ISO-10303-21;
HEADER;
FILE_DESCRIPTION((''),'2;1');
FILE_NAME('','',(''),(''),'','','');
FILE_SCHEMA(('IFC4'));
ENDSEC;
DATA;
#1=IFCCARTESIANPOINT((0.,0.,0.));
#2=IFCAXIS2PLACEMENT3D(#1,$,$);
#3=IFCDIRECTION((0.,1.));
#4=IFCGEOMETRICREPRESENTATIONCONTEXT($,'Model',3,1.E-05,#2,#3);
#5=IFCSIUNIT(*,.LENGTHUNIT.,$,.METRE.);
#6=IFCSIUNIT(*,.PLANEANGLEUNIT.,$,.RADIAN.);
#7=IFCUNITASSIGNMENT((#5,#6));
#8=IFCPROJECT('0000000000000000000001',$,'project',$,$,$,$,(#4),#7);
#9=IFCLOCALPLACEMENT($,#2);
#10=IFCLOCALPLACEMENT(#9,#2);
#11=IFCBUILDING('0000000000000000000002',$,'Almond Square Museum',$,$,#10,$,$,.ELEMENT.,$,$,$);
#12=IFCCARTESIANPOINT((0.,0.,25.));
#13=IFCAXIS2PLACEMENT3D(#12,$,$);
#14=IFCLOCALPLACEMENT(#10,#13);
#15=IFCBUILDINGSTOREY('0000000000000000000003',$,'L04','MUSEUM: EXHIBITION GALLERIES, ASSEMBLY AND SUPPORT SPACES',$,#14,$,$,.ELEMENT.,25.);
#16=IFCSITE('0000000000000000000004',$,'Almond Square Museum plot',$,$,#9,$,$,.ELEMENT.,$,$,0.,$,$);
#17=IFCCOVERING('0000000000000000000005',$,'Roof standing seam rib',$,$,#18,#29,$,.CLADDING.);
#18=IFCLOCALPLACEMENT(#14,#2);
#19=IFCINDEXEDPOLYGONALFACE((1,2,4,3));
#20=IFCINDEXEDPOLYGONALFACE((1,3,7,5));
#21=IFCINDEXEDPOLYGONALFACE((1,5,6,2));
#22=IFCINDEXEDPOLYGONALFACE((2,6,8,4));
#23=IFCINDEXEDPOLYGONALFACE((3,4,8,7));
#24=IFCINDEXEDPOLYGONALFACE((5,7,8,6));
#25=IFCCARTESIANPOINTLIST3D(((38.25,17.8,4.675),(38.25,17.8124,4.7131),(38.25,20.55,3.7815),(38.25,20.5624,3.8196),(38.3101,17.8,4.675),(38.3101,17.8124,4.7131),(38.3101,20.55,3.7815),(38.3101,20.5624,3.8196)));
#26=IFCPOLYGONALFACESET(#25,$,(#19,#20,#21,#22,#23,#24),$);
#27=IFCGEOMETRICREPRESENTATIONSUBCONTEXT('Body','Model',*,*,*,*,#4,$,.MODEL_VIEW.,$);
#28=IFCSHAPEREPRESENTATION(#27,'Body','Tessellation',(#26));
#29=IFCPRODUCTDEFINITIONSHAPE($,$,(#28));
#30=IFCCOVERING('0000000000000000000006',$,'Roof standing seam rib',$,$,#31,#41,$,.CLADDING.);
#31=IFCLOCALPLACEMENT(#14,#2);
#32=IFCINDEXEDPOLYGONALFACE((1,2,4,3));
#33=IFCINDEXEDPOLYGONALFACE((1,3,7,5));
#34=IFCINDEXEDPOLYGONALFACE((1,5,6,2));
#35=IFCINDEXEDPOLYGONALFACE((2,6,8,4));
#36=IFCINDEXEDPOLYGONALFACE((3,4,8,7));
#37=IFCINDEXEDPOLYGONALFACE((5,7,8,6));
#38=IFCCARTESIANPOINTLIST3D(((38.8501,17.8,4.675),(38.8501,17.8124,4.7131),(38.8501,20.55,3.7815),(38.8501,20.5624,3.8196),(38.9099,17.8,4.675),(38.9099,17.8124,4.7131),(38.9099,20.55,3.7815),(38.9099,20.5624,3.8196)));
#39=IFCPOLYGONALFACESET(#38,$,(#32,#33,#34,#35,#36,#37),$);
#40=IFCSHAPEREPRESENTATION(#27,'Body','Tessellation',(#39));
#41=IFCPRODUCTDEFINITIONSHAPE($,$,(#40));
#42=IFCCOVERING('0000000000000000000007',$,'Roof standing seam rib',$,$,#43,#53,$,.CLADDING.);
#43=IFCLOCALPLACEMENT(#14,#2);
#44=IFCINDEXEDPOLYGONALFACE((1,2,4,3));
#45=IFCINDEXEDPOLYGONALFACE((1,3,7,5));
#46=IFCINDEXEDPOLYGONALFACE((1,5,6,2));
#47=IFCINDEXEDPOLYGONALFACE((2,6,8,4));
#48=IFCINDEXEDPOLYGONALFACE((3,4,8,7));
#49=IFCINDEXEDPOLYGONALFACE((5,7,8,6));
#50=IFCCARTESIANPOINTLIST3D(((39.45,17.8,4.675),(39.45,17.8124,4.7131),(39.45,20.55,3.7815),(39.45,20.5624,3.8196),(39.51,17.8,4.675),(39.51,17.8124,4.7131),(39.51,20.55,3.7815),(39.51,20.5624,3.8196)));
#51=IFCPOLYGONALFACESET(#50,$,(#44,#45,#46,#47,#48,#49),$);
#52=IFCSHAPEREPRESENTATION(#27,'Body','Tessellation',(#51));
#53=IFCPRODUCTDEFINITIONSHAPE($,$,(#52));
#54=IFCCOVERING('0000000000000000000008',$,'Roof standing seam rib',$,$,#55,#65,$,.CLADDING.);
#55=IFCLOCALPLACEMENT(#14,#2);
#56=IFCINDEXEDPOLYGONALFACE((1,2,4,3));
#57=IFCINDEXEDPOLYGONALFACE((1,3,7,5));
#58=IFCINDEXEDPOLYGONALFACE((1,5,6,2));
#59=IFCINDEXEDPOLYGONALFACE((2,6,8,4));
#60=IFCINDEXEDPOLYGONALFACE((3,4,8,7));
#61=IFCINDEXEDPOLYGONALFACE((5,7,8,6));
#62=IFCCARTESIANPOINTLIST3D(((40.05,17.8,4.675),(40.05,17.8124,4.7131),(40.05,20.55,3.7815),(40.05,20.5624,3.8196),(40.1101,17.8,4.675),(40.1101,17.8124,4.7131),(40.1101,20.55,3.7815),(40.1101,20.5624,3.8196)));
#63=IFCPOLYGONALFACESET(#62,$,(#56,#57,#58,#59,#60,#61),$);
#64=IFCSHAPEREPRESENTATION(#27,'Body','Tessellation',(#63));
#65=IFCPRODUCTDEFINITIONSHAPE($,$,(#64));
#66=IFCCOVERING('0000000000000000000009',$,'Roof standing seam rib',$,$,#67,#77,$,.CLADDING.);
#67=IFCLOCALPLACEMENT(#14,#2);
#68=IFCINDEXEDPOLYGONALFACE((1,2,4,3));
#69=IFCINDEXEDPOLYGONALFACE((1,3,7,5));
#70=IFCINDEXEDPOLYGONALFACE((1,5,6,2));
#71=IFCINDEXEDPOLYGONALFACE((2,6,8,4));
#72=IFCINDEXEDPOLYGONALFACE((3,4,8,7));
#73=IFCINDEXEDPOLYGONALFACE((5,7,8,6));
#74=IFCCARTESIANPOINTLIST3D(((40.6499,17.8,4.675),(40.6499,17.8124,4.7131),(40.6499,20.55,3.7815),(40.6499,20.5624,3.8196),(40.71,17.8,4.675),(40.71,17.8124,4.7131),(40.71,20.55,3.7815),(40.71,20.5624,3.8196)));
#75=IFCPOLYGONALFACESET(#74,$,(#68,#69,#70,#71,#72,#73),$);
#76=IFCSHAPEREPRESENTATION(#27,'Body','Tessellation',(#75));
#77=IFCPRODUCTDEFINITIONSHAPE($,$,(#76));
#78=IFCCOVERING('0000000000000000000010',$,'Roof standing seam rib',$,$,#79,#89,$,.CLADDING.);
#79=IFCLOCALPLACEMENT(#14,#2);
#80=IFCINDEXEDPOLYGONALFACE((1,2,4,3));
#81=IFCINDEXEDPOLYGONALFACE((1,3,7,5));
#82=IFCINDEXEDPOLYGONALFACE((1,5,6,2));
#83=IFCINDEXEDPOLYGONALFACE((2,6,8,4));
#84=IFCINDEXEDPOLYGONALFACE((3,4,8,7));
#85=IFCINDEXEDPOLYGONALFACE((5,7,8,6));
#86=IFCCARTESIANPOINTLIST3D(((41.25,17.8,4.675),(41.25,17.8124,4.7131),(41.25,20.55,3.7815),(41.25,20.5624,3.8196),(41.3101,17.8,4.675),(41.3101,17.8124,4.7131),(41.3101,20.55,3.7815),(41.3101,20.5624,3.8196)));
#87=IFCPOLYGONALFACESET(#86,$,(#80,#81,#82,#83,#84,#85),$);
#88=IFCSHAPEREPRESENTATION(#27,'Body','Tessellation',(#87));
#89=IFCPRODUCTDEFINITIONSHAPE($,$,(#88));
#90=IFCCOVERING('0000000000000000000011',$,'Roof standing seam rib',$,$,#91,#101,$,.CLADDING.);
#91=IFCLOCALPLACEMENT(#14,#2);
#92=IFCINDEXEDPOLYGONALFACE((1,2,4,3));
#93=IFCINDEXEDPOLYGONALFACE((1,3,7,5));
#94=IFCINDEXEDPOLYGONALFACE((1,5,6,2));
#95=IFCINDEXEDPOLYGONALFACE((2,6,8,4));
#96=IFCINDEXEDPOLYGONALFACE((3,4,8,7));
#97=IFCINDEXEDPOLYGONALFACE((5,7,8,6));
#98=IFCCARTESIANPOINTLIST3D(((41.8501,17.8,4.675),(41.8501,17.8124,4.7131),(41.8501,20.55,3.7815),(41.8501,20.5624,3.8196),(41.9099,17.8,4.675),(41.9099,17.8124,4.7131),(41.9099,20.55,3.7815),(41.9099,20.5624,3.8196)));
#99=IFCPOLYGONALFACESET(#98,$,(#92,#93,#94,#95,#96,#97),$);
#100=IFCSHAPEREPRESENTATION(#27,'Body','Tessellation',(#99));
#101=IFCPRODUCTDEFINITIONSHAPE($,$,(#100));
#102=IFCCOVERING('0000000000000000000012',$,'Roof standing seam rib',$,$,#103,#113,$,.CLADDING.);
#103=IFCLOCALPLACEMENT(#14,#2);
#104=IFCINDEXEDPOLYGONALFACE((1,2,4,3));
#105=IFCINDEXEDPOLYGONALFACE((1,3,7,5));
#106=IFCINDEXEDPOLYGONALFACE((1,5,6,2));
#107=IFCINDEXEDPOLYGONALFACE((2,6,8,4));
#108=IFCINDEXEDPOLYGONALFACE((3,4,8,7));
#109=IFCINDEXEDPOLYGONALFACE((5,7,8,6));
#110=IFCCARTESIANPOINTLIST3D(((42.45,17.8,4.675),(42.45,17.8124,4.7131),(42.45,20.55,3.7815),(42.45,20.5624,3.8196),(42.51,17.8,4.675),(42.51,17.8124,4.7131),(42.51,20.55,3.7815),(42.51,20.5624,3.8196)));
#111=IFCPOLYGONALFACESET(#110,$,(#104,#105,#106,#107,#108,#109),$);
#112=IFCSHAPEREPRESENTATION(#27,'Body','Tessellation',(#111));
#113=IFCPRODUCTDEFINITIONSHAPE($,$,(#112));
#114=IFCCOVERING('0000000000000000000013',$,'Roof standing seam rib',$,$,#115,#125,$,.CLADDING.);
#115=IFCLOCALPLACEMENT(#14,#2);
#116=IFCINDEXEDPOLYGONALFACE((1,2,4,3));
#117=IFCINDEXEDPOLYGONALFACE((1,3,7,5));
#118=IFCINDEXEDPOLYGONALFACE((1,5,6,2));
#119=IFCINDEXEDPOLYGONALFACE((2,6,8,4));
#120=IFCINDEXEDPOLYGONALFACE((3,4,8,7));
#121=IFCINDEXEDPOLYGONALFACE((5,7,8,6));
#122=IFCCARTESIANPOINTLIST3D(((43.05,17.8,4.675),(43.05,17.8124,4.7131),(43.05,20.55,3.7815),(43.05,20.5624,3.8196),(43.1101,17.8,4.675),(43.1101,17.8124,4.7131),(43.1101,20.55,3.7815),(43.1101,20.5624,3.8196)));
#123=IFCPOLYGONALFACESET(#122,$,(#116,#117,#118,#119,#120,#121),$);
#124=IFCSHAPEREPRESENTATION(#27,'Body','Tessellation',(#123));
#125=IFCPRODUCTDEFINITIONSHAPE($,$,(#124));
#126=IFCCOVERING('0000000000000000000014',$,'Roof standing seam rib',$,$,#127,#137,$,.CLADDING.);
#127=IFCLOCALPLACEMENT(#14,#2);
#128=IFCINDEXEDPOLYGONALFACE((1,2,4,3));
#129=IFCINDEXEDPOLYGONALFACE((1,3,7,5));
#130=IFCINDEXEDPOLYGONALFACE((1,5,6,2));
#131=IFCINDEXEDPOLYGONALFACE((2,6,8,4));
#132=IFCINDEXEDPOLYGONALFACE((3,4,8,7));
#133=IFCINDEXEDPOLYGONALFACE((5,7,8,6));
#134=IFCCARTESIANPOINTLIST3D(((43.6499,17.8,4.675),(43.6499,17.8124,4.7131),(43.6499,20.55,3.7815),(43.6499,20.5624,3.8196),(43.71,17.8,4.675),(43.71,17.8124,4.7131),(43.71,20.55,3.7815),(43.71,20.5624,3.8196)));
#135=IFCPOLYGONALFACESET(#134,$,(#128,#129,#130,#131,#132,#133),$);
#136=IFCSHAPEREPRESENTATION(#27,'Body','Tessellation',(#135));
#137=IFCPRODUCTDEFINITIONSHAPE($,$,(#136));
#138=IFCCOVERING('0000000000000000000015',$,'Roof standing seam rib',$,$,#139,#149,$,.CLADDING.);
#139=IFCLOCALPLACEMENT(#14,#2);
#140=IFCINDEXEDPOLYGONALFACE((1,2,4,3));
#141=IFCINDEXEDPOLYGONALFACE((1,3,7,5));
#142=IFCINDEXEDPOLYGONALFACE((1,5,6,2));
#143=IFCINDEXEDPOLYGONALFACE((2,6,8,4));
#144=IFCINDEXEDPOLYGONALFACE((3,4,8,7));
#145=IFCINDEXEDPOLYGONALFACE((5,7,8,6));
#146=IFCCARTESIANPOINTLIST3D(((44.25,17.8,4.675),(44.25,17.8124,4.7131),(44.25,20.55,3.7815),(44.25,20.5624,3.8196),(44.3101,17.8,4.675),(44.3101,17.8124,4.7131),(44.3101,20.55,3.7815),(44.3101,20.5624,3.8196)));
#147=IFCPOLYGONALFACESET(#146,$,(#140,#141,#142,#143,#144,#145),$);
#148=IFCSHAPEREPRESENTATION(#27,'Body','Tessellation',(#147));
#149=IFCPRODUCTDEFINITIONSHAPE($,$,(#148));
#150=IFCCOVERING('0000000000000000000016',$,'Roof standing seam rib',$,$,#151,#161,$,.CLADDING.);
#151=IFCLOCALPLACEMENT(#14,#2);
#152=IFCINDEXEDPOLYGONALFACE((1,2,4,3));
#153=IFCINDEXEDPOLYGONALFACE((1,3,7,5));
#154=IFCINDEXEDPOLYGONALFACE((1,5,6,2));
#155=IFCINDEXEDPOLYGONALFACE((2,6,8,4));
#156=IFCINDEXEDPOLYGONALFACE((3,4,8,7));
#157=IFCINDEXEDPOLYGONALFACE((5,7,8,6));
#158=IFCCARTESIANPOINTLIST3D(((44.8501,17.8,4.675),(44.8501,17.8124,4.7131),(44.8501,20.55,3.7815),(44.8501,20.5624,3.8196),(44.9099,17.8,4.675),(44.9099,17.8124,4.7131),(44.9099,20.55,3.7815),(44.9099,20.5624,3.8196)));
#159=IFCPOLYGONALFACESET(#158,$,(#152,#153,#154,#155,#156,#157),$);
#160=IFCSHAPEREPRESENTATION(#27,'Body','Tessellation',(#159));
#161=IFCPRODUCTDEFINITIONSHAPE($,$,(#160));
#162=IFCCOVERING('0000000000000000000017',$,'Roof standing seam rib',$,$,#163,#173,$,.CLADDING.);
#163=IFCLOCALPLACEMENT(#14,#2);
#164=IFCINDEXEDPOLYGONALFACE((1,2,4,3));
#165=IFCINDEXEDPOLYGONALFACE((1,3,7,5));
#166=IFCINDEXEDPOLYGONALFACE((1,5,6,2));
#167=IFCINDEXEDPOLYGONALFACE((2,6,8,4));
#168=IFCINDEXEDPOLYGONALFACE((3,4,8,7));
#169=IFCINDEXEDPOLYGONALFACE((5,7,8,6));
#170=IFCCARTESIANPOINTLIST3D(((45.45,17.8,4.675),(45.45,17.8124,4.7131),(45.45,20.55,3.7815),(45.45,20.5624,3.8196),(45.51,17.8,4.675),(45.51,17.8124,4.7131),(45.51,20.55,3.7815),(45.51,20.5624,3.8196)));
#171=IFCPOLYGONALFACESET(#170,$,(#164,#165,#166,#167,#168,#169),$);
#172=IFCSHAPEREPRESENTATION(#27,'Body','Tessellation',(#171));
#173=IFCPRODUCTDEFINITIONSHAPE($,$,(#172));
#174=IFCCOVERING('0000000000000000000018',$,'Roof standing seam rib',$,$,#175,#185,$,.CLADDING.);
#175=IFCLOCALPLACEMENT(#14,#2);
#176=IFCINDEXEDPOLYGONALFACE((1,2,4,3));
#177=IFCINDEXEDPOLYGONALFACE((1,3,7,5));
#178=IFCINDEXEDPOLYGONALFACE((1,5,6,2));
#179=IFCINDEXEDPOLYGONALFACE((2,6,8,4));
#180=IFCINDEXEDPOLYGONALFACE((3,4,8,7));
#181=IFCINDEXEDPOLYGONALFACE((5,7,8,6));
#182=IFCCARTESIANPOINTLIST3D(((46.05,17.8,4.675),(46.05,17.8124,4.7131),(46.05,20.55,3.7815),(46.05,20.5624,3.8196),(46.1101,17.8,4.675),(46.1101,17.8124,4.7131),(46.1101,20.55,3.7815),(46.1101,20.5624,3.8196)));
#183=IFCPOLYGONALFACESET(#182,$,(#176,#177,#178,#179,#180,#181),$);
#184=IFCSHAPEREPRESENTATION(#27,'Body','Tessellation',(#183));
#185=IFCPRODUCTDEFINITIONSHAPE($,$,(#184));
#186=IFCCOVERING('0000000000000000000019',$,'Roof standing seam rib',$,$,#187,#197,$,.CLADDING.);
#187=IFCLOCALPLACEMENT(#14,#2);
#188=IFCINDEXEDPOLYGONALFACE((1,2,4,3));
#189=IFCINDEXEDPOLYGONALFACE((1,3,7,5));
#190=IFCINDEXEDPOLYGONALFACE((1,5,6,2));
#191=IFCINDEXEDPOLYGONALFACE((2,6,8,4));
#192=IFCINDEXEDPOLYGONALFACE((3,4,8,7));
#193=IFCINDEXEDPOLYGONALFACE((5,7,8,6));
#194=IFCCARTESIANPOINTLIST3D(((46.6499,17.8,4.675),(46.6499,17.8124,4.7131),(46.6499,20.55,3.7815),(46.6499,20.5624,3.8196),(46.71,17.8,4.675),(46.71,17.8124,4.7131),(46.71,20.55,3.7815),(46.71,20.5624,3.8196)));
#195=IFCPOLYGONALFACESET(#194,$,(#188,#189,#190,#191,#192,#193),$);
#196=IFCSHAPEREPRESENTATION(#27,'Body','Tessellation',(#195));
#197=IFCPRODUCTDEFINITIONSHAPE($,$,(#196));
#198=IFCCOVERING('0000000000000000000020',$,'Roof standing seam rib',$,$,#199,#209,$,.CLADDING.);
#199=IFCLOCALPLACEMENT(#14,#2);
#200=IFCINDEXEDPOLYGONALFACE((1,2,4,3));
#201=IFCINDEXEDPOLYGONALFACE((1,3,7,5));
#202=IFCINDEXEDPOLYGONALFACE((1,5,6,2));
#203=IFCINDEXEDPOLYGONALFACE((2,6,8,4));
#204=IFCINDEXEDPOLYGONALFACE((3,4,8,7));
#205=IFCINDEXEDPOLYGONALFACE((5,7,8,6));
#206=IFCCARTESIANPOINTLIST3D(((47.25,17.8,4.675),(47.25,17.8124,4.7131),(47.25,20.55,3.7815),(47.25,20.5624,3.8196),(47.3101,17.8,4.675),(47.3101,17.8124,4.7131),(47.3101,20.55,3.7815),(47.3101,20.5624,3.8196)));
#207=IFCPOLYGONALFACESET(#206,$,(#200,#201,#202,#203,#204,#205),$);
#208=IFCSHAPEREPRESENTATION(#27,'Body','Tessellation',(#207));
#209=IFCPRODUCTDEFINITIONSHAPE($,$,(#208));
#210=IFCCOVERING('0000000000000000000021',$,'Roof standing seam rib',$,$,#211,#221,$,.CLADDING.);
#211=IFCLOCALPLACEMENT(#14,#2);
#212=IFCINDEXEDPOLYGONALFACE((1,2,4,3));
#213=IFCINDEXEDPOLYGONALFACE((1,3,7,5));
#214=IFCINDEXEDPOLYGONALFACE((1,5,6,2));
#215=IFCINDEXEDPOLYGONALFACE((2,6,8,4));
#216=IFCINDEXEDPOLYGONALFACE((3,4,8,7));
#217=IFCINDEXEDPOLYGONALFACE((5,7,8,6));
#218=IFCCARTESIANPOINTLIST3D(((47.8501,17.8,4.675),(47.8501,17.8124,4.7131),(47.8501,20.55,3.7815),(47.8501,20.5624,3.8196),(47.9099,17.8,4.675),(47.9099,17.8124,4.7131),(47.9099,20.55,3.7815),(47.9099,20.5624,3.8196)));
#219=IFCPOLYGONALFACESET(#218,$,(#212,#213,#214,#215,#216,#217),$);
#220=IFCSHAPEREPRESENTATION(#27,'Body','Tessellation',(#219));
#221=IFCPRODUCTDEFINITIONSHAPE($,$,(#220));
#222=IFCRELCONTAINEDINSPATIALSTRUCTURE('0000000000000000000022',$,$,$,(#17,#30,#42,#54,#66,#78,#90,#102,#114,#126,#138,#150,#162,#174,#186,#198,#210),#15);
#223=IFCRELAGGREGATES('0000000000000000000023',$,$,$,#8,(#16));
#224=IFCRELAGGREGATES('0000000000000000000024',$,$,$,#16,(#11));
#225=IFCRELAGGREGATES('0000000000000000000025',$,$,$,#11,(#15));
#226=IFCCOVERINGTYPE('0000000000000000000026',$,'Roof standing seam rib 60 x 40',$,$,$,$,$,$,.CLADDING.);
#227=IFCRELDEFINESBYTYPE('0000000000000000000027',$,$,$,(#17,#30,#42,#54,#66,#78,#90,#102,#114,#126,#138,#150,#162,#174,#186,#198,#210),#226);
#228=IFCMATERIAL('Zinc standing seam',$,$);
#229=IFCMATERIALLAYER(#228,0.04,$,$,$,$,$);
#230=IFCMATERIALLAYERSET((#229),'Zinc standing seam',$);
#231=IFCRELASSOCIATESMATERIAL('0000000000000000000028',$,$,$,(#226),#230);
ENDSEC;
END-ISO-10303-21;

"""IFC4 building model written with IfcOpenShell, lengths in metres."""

from ifc_helpers import new_model, si_unit, direction, frame, origin, place, context, subcontext, project, spatial, polyline, outline, extrude, material, layer, layer_set, type_object, element, save


model = new_model("IFC4")

# Units and contexts
model_context = context("Model", 3, precision=1e-05, world=origin(), true_north=direction((0.0, 1.0)))
body_context = subcontext(model_context, "Body", "Model", "MODEL_VIEW")
ifc_project = project(units=[si_unit("LENGTHUNIT", "METRE"), si_unit("PLANEANGLEUNIT", "RADIAN")], contexts=[model_context])

# Site, building, storey
site_placement = place(None, origin())
site = spatial("IfcSite", under=ifc_project, at=site_placement, Name="Almond Square Museum plot", CompositionType="ELEMENT", RefElevation=0.0)
building_placement = place(site_placement, origin())
building = spatial("IfcBuilding", under=site, at=building_placement, Name="Almond Square Museum", CompositionType="ELEMENT")
storey_placement = place(building_placement, frame((0.0, 0.0, 25.0)))
storey = spatial("IfcBuildingStorey", under=building, at=storey_placement, Name="L04", Description="MUSEUM: EXHIBITION GALLERIES, ASSEMBLY AND SUPPORT SPACES", CompositionType="ELEMENT", Elevation=25.0)

# Coverings
ifc_material_1 = material(Name="Zinc standing seam")
ifc_layer_1 = layer(ifc_material_1, 0.04)
ifc_layer_set_1 = layer_set([ifc_layer_1], Name="Zinc standing seam")
covering_type = type_object("IfcCoveringType", Name="Roof standing seam rib 60 x 40", PredefinedType="CLADDING", material=ifc_layer_set_1)
for number, where, z_axis, x_axis, name in (
    (1, (38.3101, 17.8, 4.675), (0.0, 0.309025, 0.951054), (0.0, 0.951054, -0.309025), "Roof standing seam rib"),
):
    element("IfcCovering", number, at=place(storey_placement, frame(where, z_axis=z_axis, x_axis=x_axis)), inside=storey, type_object=covering_type, Name=name, PredefinedType="CLADDING", context=body_context, shape_type="SweptSolid", body=[
        extrude(outline(polyline([(0.0, 0.0), (2.8915, 0.0), (2.8915, 0.0601), (0.0, 0.0601), (0.0, 0.0)])), origin(), (0.0, 0.0, 1.0), 0.04),
    ])
covering_1_placement = place(storey_placement, frame((38.9099, 17.8, 4.675), z_axis=(0.0, 0.309025, 0.951054), x_axis=(0.0, 0.951054, -0.309025)))
element("IfcCovering", 2, at=covering_1_placement, inside=storey, type_object=covering_type, Name="Roof standing seam rib", PredefinedType="CLADDING", context=body_context, shape_type="SweptSolid", body=[
    extrude(outline(polyline([(0.0, 0.0), (2.8915, 0.0), (2.8915, 0.0598), (0.0, 0.0598), (0.0, 0.0)])), origin(), (0.0, 0.0, 1.0), 0.04),
])
for number, where, z_axis, x_axis, name in (
    (3, (39.51, 17.8, 4.675), (0.0, 0.309025, 0.951054), (0.0, 0.951054, -0.309025), "Roof standing seam rib"),
    (4, (40.1101, 17.8, 4.675), (0.0, 0.309025, 0.951054), (0.0, 0.951054, -0.309025), "Roof standing seam rib"),
    (5, (40.71, 17.8, 4.675), (0.0, 0.309025, 0.951054), (0.0, 0.951054, -0.309025), "Roof standing seam rib"),
    (6, (41.3101, 17.8, 4.675), (0.0, 0.309025, 0.951054), (0.0, 0.951054, -0.309025), "Roof standing seam rib"),
):
    element("IfcCovering", number, at=place(storey_placement, frame(where, z_axis=z_axis, x_axis=x_axis)), inside=storey, type_object=covering_type, Name=name, PredefinedType="CLADDING", context=body_context, shape_type="SweptSolid", body=[
        extrude(outline(polyline([(0.0, 0.0), (2.8915, 0.0), (2.8915, 0.0601), (0.0, 0.0601), (0.0, 0.0)])), origin(), (0.0, 0.0, 1.0), 0.04),
    ])
covering_2_placement = place(storey_placement, frame((41.9099, 17.8, 4.675), z_axis=(0.0, 0.309025, 0.951054), x_axis=(0.0, 0.951054, -0.309025)))
element("IfcCovering", 7, at=covering_2_placement, inside=storey, type_object=covering_type, Name="Roof standing seam rib", PredefinedType="CLADDING", context=body_context, shape_type="SweptSolid", body=[
    extrude(outline(polyline([(0.0, 0.0), (2.8915, 0.0), (2.8915, 0.0598), (0.0, 0.0598), (0.0, 0.0)])), origin(), (0.0, 0.0, 1.0), 0.04),
])
for number, where, z_axis, x_axis, name in (
    (8, (42.51, 17.8, 4.675), (0.0, 0.309025, 0.951054), (0.0, 0.951054, -0.309025), "Roof standing seam rib"),
    (9, (43.1101, 17.8, 4.675), (0.0, 0.309025, 0.951054), (0.0, 0.951054, -0.309025), "Roof standing seam rib"),
    (10, (43.71, 17.8, 4.675), (0.0, 0.309025, 0.951054), (0.0, 0.951054, -0.309025), "Roof standing seam rib"),
    (11, (44.3101, 17.8, 4.675), (0.0, 0.309025, 0.951054), (0.0, 0.951054, -0.309025), "Roof standing seam rib"),
):
    element("IfcCovering", number, at=place(storey_placement, frame(where, z_axis=z_axis, x_axis=x_axis)), inside=storey, type_object=covering_type, Name=name, PredefinedType="CLADDING", context=body_context, shape_type="SweptSolid", body=[
        extrude(outline(polyline([(0.0, 0.0), (2.8915, 0.0), (2.8915, 0.0601), (0.0, 0.0601), (0.0, 0.0)])), origin(), (0.0, 0.0, 1.0), 0.04),
    ])
covering_3_placement = place(storey_placement, frame((44.9099, 17.8, 4.675), z_axis=(0.0, 0.309025, 0.951054), x_axis=(0.0, 0.951054, -0.309025)))
element("IfcCovering", 12, at=covering_3_placement, inside=storey, type_object=covering_type, Name="Roof standing seam rib", PredefinedType="CLADDING", context=body_context, shape_type="SweptSolid", body=[
    extrude(outline(polyline([(0.0, 0.0), (2.8915, 0.0), (2.8915, 0.0598), (0.0, 0.0598), (0.0, 0.0)])), origin(), (0.0, 0.0, 1.0), 0.04),
])
for number, where, z_axis, x_axis, name in (
    (13, (45.51, 17.8, 4.675), (0.0, 0.309025, 0.951054), (0.0, 0.951054, -0.309025), "Roof standing seam rib"),
    (14, (46.1101, 17.8, 4.675), (0.0, 0.309025, 0.951054), (0.0, 0.951054, -0.309025), "Roof standing seam rib"),
    (15, (46.71, 17.8, 4.675), (0.0, 0.309025, 0.951054), (0.0, 0.951054, -0.309025), "Roof standing seam rib"),
    (16, (47.3101, 17.8, 4.675), (0.0, 0.309025, 0.951054), (0.0, 0.951054, -0.309025), "Roof standing seam rib"),
):
    element("IfcCovering", number, at=place(storey_placement, frame(where, z_axis=z_axis, x_axis=x_axis)), inside=storey, type_object=covering_type, Name=name, PredefinedType="CLADDING", context=body_context, shape_type="SweptSolid", body=[
        extrude(outline(polyline([(0.0, 0.0), (2.8915, 0.0), (2.8915, 0.0601), (0.0, 0.0601), (0.0, 0.0)])), origin(), (0.0, 0.0, 1.0), 0.04),
    ])
covering_4_placement = place(storey_placement, frame((47.9099, 17.8, 4.675), z_axis=(0.0, 0.309025, 0.951054), x_axis=(0.0, 0.951054, -0.309025)))
element("IfcCovering", 17, at=covering_4_placement, inside=storey, type_object=covering_type, Name="Roof standing seam rib", PredefinedType="CLADDING", context=body_context, shape_type="SweptSolid", body=[
    extrude(outline(polyline([(0.0, 0.0), (2.8915, 0.0), (2.8915, 0.0598), (0.0, 0.0598), (0.0, 0.0)])), origin(), (0.0, 0.0, 1.0), 0.04),
])

save(model, "model.ifc")
